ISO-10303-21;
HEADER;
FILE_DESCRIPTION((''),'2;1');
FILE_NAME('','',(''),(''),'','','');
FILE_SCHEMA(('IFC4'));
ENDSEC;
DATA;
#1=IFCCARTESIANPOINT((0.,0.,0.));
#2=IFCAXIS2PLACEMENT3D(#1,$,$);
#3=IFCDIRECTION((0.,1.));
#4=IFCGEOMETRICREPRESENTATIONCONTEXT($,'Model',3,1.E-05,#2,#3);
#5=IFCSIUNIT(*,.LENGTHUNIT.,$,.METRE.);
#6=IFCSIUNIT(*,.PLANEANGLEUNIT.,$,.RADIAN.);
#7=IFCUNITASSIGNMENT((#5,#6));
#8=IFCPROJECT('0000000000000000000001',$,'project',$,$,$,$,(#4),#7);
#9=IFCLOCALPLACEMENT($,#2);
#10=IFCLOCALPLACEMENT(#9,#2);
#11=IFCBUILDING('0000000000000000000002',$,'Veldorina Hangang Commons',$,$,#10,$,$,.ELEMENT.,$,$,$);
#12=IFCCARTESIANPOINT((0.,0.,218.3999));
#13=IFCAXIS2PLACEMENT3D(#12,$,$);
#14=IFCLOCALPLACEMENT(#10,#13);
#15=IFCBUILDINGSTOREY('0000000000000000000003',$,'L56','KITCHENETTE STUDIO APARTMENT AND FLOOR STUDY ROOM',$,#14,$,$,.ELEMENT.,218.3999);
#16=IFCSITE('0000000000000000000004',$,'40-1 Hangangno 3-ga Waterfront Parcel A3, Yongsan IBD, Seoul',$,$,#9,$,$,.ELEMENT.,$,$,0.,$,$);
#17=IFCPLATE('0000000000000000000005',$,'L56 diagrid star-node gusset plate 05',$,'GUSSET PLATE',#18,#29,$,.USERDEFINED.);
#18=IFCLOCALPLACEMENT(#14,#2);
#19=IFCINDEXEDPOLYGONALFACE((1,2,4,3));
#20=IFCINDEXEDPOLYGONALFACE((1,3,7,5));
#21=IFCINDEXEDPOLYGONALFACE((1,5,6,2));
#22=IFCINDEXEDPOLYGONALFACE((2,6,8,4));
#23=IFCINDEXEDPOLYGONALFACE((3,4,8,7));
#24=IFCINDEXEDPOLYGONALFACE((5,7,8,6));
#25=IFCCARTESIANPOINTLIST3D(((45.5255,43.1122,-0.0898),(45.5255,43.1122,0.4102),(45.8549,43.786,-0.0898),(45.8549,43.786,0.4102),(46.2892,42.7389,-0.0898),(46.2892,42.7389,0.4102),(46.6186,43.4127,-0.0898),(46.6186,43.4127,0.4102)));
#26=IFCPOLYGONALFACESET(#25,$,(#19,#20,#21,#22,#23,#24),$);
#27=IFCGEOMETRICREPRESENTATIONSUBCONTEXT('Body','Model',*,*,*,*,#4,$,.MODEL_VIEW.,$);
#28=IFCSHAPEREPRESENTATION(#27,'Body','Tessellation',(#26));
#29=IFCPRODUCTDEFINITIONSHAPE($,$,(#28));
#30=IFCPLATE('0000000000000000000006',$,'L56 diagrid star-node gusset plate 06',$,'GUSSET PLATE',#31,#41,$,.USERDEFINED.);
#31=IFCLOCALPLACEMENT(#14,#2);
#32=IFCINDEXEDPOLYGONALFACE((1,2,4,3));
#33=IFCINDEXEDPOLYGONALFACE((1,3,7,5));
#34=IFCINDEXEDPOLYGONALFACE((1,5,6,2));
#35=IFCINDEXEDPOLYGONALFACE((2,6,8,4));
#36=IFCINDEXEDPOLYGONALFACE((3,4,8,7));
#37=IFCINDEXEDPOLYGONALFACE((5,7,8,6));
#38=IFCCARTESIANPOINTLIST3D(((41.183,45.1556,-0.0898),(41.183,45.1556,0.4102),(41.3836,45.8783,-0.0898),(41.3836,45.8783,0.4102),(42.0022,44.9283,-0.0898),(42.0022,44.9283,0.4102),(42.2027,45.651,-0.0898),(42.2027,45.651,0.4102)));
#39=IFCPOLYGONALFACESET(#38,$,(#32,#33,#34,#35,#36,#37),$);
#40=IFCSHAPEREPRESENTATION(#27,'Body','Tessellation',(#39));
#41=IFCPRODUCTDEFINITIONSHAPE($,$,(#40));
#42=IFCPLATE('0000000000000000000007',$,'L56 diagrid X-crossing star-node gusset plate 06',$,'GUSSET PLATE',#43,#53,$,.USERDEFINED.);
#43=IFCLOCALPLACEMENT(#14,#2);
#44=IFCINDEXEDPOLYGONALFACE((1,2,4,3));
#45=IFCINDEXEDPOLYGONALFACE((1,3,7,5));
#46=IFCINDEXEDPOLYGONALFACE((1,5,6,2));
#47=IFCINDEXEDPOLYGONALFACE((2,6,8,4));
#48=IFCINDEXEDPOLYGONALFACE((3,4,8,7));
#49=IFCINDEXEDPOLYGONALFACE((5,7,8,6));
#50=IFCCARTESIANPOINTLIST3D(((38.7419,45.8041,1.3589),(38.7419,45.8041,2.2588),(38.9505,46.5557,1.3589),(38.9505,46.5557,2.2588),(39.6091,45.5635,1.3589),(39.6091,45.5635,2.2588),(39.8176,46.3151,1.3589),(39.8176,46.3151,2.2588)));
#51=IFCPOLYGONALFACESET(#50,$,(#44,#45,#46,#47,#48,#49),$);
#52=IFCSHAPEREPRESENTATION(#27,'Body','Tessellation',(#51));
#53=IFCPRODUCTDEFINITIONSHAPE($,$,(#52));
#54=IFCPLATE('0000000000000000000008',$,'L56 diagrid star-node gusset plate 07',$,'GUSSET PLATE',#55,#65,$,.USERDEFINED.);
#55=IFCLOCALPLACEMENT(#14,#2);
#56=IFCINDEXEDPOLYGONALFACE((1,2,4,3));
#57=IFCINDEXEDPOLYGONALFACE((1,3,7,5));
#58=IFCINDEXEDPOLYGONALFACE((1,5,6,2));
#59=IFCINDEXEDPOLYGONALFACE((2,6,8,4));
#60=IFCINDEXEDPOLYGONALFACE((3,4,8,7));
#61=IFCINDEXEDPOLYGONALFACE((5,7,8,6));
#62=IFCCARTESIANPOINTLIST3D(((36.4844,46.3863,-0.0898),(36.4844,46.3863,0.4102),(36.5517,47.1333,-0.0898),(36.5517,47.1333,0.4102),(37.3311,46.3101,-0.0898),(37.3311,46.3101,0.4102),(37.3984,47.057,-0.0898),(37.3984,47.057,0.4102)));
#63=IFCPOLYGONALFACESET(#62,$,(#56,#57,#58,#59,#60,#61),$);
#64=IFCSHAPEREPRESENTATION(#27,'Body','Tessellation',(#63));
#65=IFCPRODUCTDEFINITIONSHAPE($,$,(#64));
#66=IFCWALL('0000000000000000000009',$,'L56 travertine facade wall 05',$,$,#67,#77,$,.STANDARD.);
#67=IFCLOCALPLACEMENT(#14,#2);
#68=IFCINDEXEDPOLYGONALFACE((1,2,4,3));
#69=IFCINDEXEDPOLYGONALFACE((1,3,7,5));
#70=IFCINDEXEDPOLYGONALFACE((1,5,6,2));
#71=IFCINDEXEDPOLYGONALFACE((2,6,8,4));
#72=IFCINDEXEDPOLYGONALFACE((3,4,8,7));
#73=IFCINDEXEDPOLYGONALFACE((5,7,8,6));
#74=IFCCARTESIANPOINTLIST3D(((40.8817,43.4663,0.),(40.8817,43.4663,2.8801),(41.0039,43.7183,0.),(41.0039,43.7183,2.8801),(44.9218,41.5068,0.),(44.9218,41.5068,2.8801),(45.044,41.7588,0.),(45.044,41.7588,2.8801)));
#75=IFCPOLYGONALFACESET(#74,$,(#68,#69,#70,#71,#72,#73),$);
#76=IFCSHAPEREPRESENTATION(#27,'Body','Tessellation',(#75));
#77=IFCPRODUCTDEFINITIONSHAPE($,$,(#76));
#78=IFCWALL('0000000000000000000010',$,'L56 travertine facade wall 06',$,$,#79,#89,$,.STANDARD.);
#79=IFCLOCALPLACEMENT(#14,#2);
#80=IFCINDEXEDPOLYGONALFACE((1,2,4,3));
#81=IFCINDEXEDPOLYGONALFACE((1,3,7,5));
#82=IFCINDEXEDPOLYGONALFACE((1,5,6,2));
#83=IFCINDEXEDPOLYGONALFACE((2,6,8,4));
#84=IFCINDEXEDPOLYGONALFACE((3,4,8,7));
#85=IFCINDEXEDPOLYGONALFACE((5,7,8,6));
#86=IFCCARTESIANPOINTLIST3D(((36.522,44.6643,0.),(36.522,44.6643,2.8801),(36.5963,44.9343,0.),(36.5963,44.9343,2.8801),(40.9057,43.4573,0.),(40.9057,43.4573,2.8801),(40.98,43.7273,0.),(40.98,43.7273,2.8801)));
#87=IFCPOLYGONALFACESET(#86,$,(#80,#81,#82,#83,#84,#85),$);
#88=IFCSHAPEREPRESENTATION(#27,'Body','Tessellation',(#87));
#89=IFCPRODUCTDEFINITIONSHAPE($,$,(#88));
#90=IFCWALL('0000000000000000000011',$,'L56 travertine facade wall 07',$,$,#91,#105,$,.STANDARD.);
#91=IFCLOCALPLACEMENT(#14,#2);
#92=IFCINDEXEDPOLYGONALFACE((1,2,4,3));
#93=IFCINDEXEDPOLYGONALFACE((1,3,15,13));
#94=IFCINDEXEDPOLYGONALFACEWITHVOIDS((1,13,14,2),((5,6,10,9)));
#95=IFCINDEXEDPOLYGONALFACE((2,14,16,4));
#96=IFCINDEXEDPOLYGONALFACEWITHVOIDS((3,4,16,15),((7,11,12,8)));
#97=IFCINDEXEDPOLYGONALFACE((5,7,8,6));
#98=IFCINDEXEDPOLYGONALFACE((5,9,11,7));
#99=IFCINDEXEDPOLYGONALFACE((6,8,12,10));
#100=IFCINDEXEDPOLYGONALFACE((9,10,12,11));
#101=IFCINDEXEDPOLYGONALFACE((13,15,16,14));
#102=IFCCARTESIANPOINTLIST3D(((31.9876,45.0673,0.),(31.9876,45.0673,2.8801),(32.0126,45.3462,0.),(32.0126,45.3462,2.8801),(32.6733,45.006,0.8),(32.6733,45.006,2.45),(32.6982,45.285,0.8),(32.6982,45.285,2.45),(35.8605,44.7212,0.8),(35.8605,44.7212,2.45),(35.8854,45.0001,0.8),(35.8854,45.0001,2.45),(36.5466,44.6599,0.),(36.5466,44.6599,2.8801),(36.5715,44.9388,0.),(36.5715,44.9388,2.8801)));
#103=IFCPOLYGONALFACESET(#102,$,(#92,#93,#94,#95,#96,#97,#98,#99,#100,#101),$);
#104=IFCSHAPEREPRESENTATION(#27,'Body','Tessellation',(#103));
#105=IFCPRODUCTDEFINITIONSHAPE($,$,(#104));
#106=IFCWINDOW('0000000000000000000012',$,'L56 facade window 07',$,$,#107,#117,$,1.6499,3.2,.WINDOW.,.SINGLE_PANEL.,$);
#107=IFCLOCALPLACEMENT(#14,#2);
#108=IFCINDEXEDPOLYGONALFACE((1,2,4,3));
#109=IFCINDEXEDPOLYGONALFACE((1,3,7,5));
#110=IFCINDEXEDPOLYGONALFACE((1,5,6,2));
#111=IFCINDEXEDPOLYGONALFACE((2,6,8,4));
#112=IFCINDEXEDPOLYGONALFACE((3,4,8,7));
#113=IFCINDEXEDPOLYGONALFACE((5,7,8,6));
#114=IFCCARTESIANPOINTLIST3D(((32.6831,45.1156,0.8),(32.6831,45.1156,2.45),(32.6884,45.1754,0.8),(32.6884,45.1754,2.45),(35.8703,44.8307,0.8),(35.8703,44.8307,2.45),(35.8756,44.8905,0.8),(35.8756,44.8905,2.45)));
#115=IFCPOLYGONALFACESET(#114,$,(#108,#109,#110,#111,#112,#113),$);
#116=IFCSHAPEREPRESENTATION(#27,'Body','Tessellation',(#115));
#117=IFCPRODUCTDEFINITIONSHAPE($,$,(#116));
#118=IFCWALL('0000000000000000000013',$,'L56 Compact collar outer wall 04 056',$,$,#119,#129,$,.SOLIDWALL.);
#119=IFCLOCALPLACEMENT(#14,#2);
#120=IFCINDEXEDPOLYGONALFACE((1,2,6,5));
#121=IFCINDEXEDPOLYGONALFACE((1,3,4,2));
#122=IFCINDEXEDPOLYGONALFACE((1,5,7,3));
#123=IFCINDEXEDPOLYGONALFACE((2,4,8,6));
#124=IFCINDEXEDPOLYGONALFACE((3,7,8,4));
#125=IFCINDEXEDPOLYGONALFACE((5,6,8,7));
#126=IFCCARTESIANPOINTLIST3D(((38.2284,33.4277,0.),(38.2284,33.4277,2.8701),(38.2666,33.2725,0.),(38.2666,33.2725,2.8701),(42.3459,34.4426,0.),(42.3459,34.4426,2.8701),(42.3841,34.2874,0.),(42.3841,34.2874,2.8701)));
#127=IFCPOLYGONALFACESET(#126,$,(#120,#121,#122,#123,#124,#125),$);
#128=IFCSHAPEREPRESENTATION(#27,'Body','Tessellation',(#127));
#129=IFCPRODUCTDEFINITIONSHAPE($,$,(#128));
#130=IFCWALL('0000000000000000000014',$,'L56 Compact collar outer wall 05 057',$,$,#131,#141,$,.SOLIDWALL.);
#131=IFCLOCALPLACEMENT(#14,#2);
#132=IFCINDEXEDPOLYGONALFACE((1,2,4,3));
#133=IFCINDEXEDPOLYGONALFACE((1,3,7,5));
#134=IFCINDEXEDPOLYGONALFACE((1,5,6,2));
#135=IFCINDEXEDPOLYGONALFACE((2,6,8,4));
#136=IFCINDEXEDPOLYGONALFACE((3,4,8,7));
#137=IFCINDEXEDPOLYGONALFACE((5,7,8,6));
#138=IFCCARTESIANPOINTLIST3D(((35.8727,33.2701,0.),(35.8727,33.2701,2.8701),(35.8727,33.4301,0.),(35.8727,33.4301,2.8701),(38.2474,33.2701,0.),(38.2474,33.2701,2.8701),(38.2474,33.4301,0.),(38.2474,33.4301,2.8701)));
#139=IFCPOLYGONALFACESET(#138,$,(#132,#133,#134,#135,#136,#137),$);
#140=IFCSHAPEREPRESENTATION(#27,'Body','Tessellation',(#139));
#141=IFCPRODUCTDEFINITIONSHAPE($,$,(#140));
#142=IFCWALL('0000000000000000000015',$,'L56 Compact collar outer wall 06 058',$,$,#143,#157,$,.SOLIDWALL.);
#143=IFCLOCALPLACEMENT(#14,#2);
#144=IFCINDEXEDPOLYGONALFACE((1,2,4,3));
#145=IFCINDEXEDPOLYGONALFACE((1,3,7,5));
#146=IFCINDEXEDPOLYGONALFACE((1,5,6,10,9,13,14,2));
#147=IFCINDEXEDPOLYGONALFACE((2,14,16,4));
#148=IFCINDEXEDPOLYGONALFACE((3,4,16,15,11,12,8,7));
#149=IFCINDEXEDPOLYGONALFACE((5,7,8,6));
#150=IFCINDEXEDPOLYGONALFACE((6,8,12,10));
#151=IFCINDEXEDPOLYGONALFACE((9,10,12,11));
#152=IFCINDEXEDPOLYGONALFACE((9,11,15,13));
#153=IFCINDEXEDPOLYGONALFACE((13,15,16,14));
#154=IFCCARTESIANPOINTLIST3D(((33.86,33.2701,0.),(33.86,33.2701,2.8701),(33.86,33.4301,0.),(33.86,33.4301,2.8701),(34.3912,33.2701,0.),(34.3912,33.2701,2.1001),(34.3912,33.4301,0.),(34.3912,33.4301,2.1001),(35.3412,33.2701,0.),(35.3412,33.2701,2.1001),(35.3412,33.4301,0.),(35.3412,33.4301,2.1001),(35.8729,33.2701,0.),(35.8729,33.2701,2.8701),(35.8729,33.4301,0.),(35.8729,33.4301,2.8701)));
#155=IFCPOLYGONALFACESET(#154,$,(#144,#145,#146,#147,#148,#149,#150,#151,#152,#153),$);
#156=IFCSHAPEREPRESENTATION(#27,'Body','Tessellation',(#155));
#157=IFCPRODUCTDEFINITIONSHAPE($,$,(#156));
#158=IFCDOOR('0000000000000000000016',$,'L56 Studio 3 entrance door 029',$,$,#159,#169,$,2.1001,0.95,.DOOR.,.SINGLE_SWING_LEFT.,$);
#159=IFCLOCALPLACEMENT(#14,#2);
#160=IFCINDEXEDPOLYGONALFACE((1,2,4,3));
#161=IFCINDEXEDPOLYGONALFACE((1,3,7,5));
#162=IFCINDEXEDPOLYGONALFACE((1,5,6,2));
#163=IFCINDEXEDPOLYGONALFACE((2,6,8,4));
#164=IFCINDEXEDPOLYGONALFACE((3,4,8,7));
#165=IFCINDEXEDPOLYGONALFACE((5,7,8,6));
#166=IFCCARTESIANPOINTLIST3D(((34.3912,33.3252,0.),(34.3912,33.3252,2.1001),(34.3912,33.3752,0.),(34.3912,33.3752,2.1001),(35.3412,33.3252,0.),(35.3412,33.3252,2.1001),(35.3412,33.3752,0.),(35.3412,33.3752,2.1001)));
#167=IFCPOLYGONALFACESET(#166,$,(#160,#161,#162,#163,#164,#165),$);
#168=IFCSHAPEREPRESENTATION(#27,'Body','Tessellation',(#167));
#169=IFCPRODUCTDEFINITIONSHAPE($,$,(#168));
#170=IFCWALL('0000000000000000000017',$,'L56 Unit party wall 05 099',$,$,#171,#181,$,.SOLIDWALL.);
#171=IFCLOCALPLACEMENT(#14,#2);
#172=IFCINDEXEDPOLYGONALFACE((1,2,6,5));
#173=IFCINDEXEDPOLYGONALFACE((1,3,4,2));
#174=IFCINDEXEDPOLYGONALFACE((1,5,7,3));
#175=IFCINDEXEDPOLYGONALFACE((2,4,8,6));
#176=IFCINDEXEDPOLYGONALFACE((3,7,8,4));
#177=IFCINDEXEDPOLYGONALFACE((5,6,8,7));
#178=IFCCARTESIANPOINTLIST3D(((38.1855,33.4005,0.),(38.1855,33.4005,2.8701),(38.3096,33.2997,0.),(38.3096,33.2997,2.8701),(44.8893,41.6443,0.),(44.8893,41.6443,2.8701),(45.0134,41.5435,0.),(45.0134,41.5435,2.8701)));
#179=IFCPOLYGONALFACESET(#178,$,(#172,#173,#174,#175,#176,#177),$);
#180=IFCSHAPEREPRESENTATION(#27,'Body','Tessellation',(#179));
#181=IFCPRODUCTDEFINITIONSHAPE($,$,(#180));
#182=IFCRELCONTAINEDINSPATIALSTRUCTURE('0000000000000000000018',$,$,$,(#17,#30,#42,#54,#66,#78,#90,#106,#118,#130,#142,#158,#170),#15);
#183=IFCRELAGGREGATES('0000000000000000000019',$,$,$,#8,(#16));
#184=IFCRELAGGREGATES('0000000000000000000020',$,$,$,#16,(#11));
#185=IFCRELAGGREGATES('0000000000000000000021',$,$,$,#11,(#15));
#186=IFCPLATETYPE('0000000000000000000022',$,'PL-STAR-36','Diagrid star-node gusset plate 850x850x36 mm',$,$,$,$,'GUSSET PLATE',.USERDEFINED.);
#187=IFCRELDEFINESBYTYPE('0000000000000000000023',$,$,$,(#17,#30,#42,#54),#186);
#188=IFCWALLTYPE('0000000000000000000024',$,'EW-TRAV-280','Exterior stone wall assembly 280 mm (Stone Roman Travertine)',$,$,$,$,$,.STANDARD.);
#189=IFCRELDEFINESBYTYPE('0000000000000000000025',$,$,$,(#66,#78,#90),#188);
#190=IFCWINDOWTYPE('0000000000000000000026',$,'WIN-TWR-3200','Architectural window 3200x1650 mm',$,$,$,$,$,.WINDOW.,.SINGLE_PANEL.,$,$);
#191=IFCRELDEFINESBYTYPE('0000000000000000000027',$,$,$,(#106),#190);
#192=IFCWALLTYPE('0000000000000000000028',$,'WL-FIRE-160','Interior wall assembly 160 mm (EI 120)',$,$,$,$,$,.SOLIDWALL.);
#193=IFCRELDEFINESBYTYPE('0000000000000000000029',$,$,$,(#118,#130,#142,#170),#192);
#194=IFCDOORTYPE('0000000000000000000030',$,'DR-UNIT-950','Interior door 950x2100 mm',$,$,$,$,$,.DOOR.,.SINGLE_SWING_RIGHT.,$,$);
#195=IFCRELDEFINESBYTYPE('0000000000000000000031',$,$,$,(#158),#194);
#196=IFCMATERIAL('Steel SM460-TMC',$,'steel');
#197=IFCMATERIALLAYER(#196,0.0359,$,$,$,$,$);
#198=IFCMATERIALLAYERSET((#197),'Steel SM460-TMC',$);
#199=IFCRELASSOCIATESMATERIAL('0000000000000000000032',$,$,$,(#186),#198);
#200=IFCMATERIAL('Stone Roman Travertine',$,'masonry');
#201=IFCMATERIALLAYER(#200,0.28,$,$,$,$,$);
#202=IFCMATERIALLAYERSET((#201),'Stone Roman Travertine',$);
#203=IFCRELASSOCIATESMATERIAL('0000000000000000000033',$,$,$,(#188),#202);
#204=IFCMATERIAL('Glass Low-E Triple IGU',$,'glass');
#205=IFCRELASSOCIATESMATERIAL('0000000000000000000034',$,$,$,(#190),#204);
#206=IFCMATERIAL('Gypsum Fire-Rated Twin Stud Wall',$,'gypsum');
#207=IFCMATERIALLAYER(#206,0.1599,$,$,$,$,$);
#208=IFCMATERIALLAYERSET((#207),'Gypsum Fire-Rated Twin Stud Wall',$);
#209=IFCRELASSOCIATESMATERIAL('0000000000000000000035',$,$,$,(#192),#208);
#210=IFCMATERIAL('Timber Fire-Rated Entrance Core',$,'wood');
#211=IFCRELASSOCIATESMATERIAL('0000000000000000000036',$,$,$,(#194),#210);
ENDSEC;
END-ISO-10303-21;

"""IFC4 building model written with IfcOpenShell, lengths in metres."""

from ifc_helpers import new_model, si_unit, direction, frame, frame_2d, origin, origin_2d, place, context, subcontext, project, spatial, rectangle, extrude, material, layer, layer_set, type_object, element, fill, save


model = new_model("IFC4")

# Units and contexts
model_context = context("Model", 3, precision=1e-05, world=origin(), true_north=direction((0.0, 1.0)))
body_context = subcontext(model_context, "Body", "Model", "MODEL_VIEW")
ifc_project = project(units=[si_unit("LENGTHUNIT", "METRE"), si_unit("PLANEANGLEUNIT", "RADIAN")], contexts=[model_context])

# Site, building, storey
site_placement = place(None, origin())
site = spatial("IfcSite", under=ifc_project, at=site_placement, Name="40-1 Hangangno 3-ga Waterfront Parcel A3, Yongsan IBD, Seoul", CompositionType="ELEMENT", RefElevation=0.0)
building_placement = place(site_placement, origin())
building = spatial("IfcBuilding", under=site, at=building_placement, Name="Veldorina Hangang Commons", CompositionType="ELEMENT")
storey_placement = place(building_placement, frame((0.0, 0.0, 218.3999)))
storey = spatial("IfcBuildingStorey", under=building, at=storey_placement, Name="L56", Description="KITCHENETTE STUDIO APARTMENT AND FLOOR STUDY ROOM", CompositionType="ELEMENT", Elevation=218.3999)

# Plates
ifc_material_1 = material(Name="Steel SM460-TMC", Category="steel")
ifc_layer_1 = layer(ifc_material_1, 0.0359)
ifc_layer_set_1 = layer_set([ifc_layer_1], Name="Steel SM460-TMC")
plate_type = type_object("IfcPlateType", Name="PL-STAR-36", Description="Diagrid star-node gusset plate 850x850x36 mm", ElementType="GUSSET PLATE", PredefinedType="USERDEFINED", material=ifc_layer_set_1)
for number, where, z_axis, x_axis, name in (
    (1, (46.072, 43.2625, -0.0898), (0.0, 0.0, 1.0), (-0.898388, 0.439202, 0.0), "L56 diagrid star-node gusset plate 05"),
    (2, (41.6929, 45.4033, -0.0898), (0.0, 0.0, 1.0), (-0.963593, 0.267373, 0.0), "L56 diagrid star-node gusset plate 06"),
):
    element("IfcPlate", number, at=place(storey_placement, frame(where, z_axis=z_axis, x_axis=x_axis)), inside=storey, type_object=plate_type, Name=name, ObjectType="GUSSET PLATE", PredefinedType="USERDEFINED", context=body_context, shape_type="SweptSolid", body=[
        extrude(rectangle(XDim=0.8501, YDim=0.75, at=origin_2d()), origin(), (0.0, 0.0, 1.0), 0.5),
    ])
plate_1_placement = place(storey_placement, frame((39.2798, 46.0596, 1.3589), z_axis=(0.0, 0.0, 1.0), x_axis=(-0.963593, 0.267373, 0.0)))
element("IfcPlate", 3, at=plate_1_placement, inside=storey, type_object=plate_type, Name="L56 diagrid X-crossing star-node gusset plate 06", ObjectType="GUSSET PLATE", PredefinedType="USERDEFINED", context=body_context, shape_type="SweptSolid", body=[
    extrude(rectangle(XDim=0.8999, YDim=0.78, at=origin_2d()), origin(), (0.0, 0.0, 1.0), 0.8999),
])
plate_2_placement = place(storey_placement, frame((36.9414, 46.7217, -0.0898), z_axis=(0.0, 0.0, 1.0), x_axis=(-0.995968, 0.089711, 0.0)))
element("IfcPlate", 4, at=plate_2_placement, inside=storey, type_object=plate_type, Name="L56 diagrid star-node gusset plate 07", ObjectType="GUSSET PLATE", PredefinedType="USERDEFINED", context=body_context, shape_type="SweptSolid", body=[
    extrude(rectangle(XDim=0.8501, YDim=0.75, at=origin_2d()), origin(), (0.0, 0.0, 1.0), 0.5),
])

# Walls
ifc_material_2 = material(Name="Stone Roman Travertine", Category="masonry")
ifc_layer_2 = layer(ifc_material_2, 0.28)
ifc_layer_set_2 = layer_set([ifc_layer_2], Name="Stone Roman Travertine")
wall_type_1 = type_object("IfcWallType", Name="EW-TRAV-280", Description="Exterior stone wall assembly 280 mm (Stone Roman Travertine)", PredefinedType="STANDARD", material=ifc_layer_set_2)
wall_1_placement = place(storey_placement, frame((44.9829, 41.6328, 0.0), z_axis=(0.0, 0.0, 1.0), x_axis=(-0.899756, 0.436394, 0.0)))
element("IfcWall", 5, at=wall_1_placement, inside=storey, type_object=wall_type_1, Name="L56 travertine facade wall 05", PredefinedType="STANDARD", context=body_context, shape_type="SweptSolid", body=[
    extrude(rectangle(XDim=4.4902, YDim=0.28, at=frame_2d((2.2451, 0.0))), origin(), (0.0, 0.0, 1.0), 2.8801),
])
wall_2_placement = place(storey_placement, frame((40.9429, 43.5923, 0.0), z_axis=(0.0, 0.0, 1.0), x_axis=(-0.964122, 0.265461, 0.0)))
element("IfcWall", 6, at=wall_2_placement, inside=storey, type_object=wall_type_1, Name="L56 travertine facade wall 06", PredefinedType="STANDARD", context=body_context, shape_type="SweptSolid", body=[
    extrude(rectangle(XDim=4.5469, YDim=0.28, at=frame_2d((2.2734, 0.0))), origin(), (0.0, 0.0, 1.0), 2.8801),
])

# Wall, opening, window
wall_3_placement = place(storey_placement, frame((36.5591, 44.7993, 0.0), z_axis=(0.0, 0.0, 1.0), x_axis=(-0.99603, 0.089021, 0.0)))
wall_3 = element("IfcWall", 7, at=wall_3_placement, inside=storey, type_object=wall_type_1, Name="L56 travertine facade wall 07", PredefinedType="STANDARD", context=body_context, shape_type="SweptSolid", body=[
    extrude(rectangle(XDim=4.5771, YDim=0.28, at=frame_2d((2.2886, 0.0))), origin(), (0.0, 0.0, 1.0), 2.8801),
])
opening_1_placement = place(wall_3_placement, frame((0.6887, 0.0, 0.8)))
opening_1 = element("IfcOpeningElement", 8, at=opening_1_placement, cuts=wall_3, PredefinedType="OPENING", context=body_context, shape_type="SweptSolid", body=[
    extrude(rectangle(XDim=3.2, YDim=1.6499, at=frame_2d((1.6001, 0.825))), frame((0.0, 0.1499, 0.0), z_axis=(0.0, -1.0, 0.0), x_axis=(1.0, 0.0, 0.0)), (0.0, 0.0, 1.0), 0.3),
])
ifc_material_3 = material(Name="Glass Low-E Triple IGU", Category="glass")
window_type = type_object("IfcWindowType", Name="WIN-TWR-3200", Description="Architectural window 3200x1650 mm", PartitioningType="SINGLE_PANEL", PredefinedType="WINDOW", material=ifc_material_3)
window_placement = place(opening_1_placement, origin())
window = element("IfcWindow", 9, at=window_placement, inside=storey, type_object=window_type, Name="L56 facade window 07", OverallHeight=1.6499, OverallWidth=3.2, PartitioningType="SINGLE_PANEL", PredefinedType="WINDOW", context=body_context, shape_type="SweptSolid", body=[
    extrude(rectangle(XDim=3.2, YDim=1.6499, at=frame_2d((1.6001, 0.825))), frame((0.0, 0.03, 0.0), z_axis=(0.0, -1.0, 0.0), x_axis=(1.0, 0.0, 0.0)), (0.0, 0.0, 1.0), 0.0601),
])
fill(opening_1, window)

# Walls
ifc_material_4 = material(Name="Gypsum Fire-Rated Twin Stud Wall", Category="gypsum")
ifc_layer_3 = layer(ifc_material_4, 0.1599)
ifc_layer_set_3 = layer_set([ifc_layer_3], Name="Gypsum Fire-Rated Twin Stud Wall")
wall_type_2 = type_object("IfcWallType", Name="WL-FIRE-160", Description="Interior wall assembly 160 mm (EI 120)", PredefinedType="SOLIDWALL", material=ifc_layer_set_3)
wall_4_placement = place(storey_placement, frame((42.365, 34.365, 0.0), z_axis=(0.0, 0.0, 1.0), x_axis=(-0.97094, -0.239324, 0.0)))
element("IfcWall", 10, at=wall_4_placement, inside=storey, type_object=wall_type_2, Name="L56 Compact collar outer wall 04 056", PredefinedType="SOLIDWALL", context=body_context, shape_type="SweptSolid", body=[
    extrude(rectangle(XDim=4.2407, YDim=0.1599, at=frame_2d((2.1204, 0.0))), origin(), (0.0, 0.0, 1.0), 2.8701),
])
wall_5_placement = place(storey_placement, frame((38.2476, 33.3501, 0.0), z_axis=(0.0, 0.0, 1.0), x_axis=(-1.0, 0.0, 0.0)))
element("IfcWall", 11, at=wall_5_placement, inside=storey, type_object=wall_type_2, Name="L56 Compact collar outer wall 05 057", PredefinedType="SOLIDWALL", context=body_context, shape_type="SweptSolid", body=[
    extrude(rectangle(XDim=2.3748, YDim=0.1599, at=frame_2d((1.1875, 0.0))), origin(), (0.0, 0.0, 1.0), 2.8701),
])

# Wall, opening, door
wall_6_placement = place(storey_placement, frame((35.8728, 33.3501, 0.0), z_axis=(0.0, 0.0, 1.0), x_axis=(-1.0, 0.0, 0.0)))
wall_6 = element("IfcWall", 12, at=wall_6_placement, inside=storey, type_object=wall_type_2, Name="L56 Compact collar outer wall 06 058", PredefinedType="SOLIDWALL", context=body_context, shape_type="SweptSolid", body=[
    extrude(rectangle(XDim=2.0129, YDim=0.1599, at=frame_2d((1.0063, 0.0))), origin(), (0.0, 0.0, 1.0), 2.8701),
])
opening_2_placement = place(wall_6_placement, frame((0.5315, 0.0, 0.0)))
opening_2 = element("IfcOpeningElement", 13, at=opening_2_placement, cuts=wall_6, PredefinedType="OPENING", context=body_context, shape_type="SweptSolid", body=[
    extrude(rectangle(XDim=0.95, YDim=2.1001, at=frame_2d((0.4751, 1.05))), frame((0.0, 0.0898, 0.0), z_axis=(0.0, -1.0, 0.0), x_axis=(1.0, 0.0, 0.0)), (0.0, 0.0, 1.0), 0.1799),
])
ifc_material_5 = material(Name="Timber Fire-Rated Entrance Core", Category="wood")
door_type_1 = type_object("IfcDoorType", Name="DR-UNIT-950", Description="Interior door 950x2100 mm", OperationType="SINGLE_SWING_RIGHT", PredefinedType="DOOR", material=ifc_material_5)
door_1_placement = place(opening_2_placement, origin())
door_1 = element("IfcDoor", 14, at=door_1_placement, inside=storey, type_object=door_type_1, Name="L56 Studio 3 entrance door 029", OperationType="SINGLE_SWING_LEFT", OverallHeight=2.1001, OverallWidth=0.95, PredefinedType="DOOR", context=body_context, shape_type="SweptSolid", body=[
    extrude(rectangle(XDim=0.95, YDim=2.1001, at=frame_2d((0.4751, 1.05))), frame((0.0, 0.0249, 0.0), z_axis=(0.0, -1.0, 0.0), x_axis=(1.0, 0.0, 0.0)), (0.0, 0.0, 1.0), 0.05),
])
fill(opening_2, door_1)

# Wall
wall_7_placement = place(storey_placement, frame((38.2476, 33.3501, 0.0), z_axis=(0.0, 0.0, 1.0), x_axis=(0.630915, 0.775852, 0.0)))
element("IfcWall", 15, at=wall_7_placement, inside=storey, type_object=wall_type_2, Name="L56 Unit party wall 05 099", PredefinedType="SOLIDWALL", context=body_context, shape_type="SweptSolid", body=[
    extrude(rectangle(XDim=10.6255, YDim=0.1599, at=frame_2d((5.3127, 0.0))), origin(), (0.0, 0.0, 1.0), 2.8701),
])

save(model, "model.ifc")
